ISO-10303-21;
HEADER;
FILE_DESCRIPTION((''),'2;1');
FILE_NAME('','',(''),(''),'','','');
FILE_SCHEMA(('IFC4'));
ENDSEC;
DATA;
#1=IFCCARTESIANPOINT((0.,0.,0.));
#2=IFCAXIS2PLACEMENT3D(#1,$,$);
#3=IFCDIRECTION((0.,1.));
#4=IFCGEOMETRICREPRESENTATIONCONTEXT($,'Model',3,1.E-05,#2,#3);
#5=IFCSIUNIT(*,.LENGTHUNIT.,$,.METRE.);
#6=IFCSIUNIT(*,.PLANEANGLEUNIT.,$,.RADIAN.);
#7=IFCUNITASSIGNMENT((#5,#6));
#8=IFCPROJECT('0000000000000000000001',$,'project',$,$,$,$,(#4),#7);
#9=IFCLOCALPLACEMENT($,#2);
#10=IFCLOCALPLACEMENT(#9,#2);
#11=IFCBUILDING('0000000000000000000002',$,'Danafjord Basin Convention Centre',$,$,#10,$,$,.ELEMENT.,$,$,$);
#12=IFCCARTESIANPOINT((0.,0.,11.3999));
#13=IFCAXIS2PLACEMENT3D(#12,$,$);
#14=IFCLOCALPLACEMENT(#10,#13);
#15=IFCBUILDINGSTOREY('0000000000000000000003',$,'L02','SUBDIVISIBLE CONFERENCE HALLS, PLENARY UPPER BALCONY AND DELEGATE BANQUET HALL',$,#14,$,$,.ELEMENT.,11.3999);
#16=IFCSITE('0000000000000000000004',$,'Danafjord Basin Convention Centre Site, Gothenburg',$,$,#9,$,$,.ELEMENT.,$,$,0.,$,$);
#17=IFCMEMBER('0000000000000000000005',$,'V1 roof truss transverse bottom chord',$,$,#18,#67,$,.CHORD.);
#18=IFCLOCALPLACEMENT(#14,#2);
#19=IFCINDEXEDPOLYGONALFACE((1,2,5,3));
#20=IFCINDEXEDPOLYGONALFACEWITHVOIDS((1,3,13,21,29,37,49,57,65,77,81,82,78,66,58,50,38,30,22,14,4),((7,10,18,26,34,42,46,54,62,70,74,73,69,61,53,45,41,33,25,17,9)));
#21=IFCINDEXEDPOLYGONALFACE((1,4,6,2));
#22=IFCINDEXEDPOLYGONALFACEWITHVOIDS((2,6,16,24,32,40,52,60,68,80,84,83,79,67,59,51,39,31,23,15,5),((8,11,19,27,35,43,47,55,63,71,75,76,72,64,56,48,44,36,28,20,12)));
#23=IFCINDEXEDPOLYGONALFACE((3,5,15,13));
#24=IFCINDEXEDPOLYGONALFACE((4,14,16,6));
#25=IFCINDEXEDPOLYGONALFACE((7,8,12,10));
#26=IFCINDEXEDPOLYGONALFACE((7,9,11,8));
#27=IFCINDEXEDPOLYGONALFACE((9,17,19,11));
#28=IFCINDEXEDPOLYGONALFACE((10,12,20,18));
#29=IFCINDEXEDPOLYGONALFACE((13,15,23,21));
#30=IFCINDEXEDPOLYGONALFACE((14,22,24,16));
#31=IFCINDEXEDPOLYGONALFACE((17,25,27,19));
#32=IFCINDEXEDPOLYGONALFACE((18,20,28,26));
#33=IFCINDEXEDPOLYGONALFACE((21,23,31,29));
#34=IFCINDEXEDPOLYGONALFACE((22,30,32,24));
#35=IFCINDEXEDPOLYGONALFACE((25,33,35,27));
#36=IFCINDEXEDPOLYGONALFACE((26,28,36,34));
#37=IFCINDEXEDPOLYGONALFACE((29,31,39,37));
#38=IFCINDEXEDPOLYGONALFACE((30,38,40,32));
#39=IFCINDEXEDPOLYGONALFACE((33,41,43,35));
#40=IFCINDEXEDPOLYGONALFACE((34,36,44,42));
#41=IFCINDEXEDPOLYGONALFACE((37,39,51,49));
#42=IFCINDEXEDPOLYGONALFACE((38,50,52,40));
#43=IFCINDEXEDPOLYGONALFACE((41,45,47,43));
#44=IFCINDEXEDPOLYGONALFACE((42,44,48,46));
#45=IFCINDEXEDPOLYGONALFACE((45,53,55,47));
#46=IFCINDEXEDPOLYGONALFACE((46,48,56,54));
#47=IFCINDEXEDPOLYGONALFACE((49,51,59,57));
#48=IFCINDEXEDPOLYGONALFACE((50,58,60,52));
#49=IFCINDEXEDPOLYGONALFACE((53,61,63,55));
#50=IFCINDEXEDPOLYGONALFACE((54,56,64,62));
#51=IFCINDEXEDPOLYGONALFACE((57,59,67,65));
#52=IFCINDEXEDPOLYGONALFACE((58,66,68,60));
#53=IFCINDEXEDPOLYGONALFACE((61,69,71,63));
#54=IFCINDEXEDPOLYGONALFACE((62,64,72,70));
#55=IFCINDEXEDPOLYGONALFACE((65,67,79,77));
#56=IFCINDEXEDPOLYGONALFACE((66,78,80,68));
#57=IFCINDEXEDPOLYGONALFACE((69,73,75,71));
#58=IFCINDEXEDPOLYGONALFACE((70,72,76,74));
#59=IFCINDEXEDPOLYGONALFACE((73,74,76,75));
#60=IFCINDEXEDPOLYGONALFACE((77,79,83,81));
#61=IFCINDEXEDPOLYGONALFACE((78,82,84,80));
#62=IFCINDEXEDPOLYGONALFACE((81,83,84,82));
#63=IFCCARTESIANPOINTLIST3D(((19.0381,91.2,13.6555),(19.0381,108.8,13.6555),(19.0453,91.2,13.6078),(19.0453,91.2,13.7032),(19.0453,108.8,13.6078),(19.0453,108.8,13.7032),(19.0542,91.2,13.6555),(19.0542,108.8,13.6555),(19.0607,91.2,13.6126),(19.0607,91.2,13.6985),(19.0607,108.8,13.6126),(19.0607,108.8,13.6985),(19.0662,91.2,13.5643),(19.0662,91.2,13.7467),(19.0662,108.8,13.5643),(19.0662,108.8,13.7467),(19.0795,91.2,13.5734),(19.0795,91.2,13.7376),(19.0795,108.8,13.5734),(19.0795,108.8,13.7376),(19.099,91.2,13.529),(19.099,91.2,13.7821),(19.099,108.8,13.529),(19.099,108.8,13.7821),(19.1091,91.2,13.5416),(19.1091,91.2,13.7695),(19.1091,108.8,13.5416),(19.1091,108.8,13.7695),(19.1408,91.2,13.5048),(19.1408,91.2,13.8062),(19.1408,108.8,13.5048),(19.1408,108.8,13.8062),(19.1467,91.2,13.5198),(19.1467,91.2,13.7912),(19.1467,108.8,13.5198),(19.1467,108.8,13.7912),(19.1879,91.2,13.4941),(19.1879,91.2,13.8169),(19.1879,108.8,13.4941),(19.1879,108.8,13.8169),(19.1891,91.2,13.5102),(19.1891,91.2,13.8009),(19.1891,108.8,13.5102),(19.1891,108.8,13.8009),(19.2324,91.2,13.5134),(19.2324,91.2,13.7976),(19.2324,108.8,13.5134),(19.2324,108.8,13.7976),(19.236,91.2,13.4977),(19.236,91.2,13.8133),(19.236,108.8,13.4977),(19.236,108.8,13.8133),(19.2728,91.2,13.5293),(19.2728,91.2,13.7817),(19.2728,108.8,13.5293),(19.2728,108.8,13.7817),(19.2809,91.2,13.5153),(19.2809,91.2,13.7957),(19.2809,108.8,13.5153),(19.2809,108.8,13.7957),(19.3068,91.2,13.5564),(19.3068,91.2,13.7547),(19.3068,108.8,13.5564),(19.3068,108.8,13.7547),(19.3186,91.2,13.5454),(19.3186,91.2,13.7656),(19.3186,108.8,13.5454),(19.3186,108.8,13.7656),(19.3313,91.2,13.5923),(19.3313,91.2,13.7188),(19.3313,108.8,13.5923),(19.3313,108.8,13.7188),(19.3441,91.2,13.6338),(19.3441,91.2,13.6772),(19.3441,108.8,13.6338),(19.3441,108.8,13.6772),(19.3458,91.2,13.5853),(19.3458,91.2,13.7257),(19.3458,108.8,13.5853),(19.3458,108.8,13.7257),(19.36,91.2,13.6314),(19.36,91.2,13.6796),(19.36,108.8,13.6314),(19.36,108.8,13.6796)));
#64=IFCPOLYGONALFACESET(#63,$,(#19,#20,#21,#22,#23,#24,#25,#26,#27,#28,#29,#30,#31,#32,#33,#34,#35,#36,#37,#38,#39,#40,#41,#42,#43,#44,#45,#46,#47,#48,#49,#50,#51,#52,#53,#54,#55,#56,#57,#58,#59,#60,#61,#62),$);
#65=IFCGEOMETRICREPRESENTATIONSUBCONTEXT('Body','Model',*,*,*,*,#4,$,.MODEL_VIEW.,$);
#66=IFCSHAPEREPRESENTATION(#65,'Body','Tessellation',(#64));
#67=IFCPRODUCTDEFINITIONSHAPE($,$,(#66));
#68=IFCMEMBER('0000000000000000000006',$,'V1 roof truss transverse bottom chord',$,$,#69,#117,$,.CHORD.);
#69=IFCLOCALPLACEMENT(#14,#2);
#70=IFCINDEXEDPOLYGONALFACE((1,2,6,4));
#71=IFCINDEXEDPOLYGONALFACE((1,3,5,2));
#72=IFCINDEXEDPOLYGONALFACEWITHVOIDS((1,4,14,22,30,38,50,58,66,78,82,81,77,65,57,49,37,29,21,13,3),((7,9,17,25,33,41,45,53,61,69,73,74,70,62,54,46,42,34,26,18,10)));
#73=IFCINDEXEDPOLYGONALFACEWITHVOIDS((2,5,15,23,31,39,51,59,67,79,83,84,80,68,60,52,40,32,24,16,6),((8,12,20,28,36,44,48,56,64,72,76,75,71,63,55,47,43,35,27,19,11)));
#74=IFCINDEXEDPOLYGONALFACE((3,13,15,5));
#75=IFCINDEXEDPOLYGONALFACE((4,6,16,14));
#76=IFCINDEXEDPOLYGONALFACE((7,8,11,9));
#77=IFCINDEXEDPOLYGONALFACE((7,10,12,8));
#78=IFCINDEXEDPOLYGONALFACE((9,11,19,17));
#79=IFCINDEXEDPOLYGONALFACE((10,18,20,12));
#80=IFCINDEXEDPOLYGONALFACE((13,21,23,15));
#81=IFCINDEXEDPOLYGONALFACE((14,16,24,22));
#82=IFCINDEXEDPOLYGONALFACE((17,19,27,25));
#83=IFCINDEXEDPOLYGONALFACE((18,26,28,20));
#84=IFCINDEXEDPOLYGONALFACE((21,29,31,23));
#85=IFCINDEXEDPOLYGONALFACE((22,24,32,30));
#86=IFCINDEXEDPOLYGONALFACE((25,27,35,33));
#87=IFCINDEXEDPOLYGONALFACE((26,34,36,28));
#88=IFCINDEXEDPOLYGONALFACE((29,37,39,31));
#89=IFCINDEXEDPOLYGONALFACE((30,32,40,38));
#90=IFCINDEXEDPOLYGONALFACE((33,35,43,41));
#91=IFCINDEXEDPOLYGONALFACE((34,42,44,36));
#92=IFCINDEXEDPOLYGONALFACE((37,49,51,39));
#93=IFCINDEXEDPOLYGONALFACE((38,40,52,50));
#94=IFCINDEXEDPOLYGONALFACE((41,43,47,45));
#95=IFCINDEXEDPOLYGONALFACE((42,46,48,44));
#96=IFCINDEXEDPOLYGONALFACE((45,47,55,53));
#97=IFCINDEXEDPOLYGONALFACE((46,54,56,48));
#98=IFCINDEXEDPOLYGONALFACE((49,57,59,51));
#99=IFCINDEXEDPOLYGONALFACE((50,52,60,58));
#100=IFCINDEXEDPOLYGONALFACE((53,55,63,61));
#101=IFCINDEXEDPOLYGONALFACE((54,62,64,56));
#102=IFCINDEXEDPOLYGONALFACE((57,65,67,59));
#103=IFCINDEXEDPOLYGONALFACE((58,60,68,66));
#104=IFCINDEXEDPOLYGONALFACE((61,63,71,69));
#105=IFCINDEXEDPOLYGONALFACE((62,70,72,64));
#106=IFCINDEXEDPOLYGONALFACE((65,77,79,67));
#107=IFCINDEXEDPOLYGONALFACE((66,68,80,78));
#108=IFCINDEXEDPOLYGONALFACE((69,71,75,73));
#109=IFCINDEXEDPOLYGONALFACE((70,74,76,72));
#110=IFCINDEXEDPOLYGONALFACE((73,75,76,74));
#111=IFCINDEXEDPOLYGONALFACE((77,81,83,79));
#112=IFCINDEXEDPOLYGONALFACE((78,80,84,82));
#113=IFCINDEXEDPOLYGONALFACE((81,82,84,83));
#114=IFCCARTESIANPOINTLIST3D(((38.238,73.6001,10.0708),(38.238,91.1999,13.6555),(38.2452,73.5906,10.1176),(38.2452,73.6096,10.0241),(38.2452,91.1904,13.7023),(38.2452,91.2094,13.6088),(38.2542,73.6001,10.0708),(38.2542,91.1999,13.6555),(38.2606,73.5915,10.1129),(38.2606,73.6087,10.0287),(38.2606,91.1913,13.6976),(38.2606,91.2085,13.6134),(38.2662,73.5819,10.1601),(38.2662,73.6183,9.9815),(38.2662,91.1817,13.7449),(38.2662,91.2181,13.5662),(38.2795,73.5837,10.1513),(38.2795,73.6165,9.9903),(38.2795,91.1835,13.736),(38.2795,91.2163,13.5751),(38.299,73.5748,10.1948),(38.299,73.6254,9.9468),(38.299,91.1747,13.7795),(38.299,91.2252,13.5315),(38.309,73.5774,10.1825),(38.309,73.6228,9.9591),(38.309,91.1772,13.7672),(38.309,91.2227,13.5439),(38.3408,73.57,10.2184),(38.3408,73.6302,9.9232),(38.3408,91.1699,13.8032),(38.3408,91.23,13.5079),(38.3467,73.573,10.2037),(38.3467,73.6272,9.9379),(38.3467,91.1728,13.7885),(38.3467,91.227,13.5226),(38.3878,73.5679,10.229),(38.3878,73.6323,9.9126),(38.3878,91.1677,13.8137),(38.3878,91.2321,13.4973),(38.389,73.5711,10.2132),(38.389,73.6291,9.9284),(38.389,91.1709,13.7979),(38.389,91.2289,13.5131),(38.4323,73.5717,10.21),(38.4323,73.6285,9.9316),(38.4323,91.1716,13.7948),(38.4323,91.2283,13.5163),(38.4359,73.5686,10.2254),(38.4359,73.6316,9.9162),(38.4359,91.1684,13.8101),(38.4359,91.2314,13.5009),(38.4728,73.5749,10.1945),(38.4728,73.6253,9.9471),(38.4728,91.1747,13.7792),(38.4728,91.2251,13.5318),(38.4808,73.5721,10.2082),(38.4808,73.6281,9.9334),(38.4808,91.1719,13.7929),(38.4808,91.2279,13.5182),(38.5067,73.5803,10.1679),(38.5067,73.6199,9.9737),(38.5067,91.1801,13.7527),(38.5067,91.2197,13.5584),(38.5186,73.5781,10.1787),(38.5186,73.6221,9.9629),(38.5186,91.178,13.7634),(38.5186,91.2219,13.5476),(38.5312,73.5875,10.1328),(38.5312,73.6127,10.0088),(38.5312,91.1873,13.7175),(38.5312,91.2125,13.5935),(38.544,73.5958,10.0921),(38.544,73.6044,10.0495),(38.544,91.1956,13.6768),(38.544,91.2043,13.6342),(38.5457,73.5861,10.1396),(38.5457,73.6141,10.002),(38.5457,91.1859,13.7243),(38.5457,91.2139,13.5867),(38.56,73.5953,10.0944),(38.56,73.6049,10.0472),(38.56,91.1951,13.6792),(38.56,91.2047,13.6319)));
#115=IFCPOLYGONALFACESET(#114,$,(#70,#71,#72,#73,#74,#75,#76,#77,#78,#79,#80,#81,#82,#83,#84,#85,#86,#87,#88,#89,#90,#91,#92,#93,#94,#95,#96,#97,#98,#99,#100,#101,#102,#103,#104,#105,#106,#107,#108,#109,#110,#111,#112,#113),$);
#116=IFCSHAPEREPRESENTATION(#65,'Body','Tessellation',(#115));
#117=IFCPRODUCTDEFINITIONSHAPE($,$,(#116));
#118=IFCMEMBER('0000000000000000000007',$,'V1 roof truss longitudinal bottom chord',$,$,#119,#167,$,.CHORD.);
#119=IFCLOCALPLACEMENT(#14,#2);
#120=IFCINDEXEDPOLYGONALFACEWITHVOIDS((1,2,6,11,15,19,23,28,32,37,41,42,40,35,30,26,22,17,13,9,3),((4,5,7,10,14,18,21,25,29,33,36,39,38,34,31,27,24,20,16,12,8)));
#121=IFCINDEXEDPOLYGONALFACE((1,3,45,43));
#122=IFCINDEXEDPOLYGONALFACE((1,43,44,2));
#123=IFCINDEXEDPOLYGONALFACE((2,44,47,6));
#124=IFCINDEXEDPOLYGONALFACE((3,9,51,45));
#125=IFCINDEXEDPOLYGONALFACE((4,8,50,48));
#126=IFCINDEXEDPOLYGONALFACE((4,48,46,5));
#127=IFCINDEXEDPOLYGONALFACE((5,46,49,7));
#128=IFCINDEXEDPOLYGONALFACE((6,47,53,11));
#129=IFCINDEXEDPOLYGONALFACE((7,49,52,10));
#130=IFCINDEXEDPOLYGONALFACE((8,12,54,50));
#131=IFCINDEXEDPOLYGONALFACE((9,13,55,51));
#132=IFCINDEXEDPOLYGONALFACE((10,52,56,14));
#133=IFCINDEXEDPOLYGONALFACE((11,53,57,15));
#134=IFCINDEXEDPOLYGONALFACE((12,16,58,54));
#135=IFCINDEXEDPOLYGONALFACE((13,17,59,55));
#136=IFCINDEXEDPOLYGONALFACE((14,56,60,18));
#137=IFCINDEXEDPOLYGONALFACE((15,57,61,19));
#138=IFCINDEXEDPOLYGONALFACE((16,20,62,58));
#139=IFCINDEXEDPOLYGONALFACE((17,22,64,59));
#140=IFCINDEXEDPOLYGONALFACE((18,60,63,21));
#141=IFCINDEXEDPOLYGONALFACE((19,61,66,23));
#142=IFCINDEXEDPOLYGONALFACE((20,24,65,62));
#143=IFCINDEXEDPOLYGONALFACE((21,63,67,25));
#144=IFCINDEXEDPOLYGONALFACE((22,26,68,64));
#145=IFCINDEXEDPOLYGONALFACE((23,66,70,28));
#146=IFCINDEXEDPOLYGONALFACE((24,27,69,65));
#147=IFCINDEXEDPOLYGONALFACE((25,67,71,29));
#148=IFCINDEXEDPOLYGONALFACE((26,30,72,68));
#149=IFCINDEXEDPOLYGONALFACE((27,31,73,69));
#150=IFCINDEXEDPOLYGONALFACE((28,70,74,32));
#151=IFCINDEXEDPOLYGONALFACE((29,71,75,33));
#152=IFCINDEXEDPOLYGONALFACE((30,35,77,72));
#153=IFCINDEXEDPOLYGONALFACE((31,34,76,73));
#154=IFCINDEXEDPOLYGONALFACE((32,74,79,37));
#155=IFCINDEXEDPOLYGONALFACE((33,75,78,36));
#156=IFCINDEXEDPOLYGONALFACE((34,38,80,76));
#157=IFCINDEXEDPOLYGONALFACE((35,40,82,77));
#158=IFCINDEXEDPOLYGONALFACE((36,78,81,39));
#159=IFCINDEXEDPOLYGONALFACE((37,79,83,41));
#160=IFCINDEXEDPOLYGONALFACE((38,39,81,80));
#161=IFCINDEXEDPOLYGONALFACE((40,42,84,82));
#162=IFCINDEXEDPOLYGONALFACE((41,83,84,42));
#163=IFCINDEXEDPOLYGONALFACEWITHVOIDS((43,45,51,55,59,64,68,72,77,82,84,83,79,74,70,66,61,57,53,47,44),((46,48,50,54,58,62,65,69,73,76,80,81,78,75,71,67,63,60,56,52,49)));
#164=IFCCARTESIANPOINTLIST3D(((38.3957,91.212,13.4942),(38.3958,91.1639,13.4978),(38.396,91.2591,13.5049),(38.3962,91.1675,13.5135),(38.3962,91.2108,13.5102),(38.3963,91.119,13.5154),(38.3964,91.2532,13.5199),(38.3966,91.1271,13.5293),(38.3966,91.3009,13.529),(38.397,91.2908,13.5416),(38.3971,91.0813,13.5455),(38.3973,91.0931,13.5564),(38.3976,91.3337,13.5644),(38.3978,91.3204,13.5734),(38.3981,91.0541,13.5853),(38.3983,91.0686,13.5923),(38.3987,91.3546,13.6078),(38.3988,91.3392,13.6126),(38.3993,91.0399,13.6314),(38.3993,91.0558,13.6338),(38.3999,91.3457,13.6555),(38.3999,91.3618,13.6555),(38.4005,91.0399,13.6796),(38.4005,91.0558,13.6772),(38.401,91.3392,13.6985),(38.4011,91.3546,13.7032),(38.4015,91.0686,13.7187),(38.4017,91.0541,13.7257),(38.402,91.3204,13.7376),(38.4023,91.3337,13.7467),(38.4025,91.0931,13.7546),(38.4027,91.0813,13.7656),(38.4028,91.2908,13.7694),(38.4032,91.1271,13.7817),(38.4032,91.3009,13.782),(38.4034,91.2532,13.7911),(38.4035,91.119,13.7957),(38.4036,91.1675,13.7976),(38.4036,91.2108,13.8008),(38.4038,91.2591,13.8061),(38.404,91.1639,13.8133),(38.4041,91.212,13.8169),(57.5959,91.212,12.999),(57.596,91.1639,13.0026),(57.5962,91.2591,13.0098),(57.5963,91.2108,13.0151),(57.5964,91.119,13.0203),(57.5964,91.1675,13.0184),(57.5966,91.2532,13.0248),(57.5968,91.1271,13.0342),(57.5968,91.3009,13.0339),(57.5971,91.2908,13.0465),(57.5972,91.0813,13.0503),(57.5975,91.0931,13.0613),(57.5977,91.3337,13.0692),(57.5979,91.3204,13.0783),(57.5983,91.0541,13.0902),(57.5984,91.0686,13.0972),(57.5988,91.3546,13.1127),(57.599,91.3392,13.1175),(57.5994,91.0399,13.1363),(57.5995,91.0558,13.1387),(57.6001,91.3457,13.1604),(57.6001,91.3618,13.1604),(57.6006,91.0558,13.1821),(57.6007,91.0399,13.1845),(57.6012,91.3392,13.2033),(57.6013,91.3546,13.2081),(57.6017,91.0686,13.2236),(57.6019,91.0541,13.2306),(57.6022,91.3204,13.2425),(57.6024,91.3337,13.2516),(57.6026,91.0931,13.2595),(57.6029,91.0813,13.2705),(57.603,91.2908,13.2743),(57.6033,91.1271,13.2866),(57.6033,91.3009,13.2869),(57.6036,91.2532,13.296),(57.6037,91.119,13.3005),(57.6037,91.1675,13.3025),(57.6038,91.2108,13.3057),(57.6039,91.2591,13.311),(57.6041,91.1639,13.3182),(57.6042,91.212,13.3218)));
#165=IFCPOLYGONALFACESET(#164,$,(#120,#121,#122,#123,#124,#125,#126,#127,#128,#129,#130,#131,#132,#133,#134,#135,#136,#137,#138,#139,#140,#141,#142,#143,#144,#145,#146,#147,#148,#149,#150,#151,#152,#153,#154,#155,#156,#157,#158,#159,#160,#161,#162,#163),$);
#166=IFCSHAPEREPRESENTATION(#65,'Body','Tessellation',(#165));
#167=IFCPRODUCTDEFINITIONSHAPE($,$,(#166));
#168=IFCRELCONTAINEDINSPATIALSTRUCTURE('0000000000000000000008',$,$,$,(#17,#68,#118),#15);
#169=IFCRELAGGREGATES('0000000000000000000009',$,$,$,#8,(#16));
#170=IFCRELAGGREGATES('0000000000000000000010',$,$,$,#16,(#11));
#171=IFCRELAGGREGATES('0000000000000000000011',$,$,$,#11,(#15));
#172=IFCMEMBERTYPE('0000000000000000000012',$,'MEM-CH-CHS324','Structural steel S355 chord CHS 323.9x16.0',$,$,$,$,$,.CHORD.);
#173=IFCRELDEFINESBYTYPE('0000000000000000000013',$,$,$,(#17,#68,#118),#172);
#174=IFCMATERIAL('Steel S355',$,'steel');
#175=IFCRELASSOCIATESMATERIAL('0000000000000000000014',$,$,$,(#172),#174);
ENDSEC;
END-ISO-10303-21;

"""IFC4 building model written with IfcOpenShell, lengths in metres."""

from ifc_helpers import new_model, si_unit, direction, frame, origin, origin_2d, place, context, subcontext, project, spatial, hollow_circle, extrude, material, material_profile, profile_set, type_object, element, save


model = new_model("IFC4")

# Units and contexts
model_context = context("Model", 3, precision=1e-05, world=origin(), true_north=direction((0.0, 1.0)))
body_context = subcontext(model_context, "Body", "Model", "MODEL_VIEW")
ifc_project = project(units=[si_unit("LENGTHUNIT", "METRE"), si_unit("PLANEANGLEUNIT", "RADIAN")], contexts=[model_context])

# Site, building, storey
site_placement = place(None, origin())
site = spatial("IfcSite", under=ifc_project, at=site_placement, Name="Danafjord Basin Convention Centre Site, Gothenburg", CompositionType="ELEMENT", RefElevation=0.0)
building_placement = place(site_placement, origin())
building = spatial("IfcBuilding", under=site, at=building_placement, Name="Danafjord Basin Convention Centre", CompositionType="ELEMENT")
storey_placement = place(building_placement, frame((0.0, 0.0, 11.3999)))
storey = spatial("IfcBuildingStorey", under=building, at=storey_placement, Name="L02", Description="SUBDIVISIBLE CONFERENCE HALLS, PLENARY UPPER BALCONY AND DELEGATE BANQUET HALL", CompositionType="ELEMENT", Elevation=11.3999)

# Members
ifc_material = material(Name="Steel S355", Category="steel")
ifc_material_profile_1 = material_profile(ifc_material, hollow_circle(Radius=0.1619, WallThickness=0.0161, at=origin_2d()), Name="CHS 323.9x16.0")
ifc_profile_set_1 = profile_set([ifc_material_profile_1], Name="Steel S355")
member_type_1 = type_object("IfcMemberType", Name="MEM-CH-CHS324", Description="Structural steel S355 chord CHS 323.9x16.0", PredefinedType="CHORD", material=ifc_profile_set_1)
member_1_placement = place(storey_placement, frame((19.2, 91.2, 13.6555), z_axis=(0.0, 1.0, 0.0), x_axis=(-1.0, 0.0, 0.0)))
element("IfcMember", 1, at=member_1_placement, inside=storey, type_object=member_type_1, Name="V1 roof truss transverse bottom chord", PredefinedType="CHORD", context=body_context, shape_type="SweptSolid", body=[
    extrude(hollow_circle(Radius=0.1619, WallThickness=0.0161, at=origin_2d()), origin(), (0.0, 0.0, 1.0), 17.6001),
])
member_2_placement = place(storey_placement, frame((38.3999, 73.6001, 10.0708), z_axis=(0.0, 0.979881, 0.199581), x_axis=(-1.0, 0.0, 0.0)))
element("IfcMember", 2, at=member_2_placement, inside=storey, type_object=member_type_1, Name="V1 roof truss transverse bottom chord", PredefinedType="CHORD", context=body_context, shape_type="SweptSolid", body=[
    extrude(hollow_circle(Radius=0.1619, WallThickness=0.0161, at=origin_2d()), origin(), (0.0, 0.0, 1.0), 17.9612),
])
member_3_placement = place(storey_placement, frame((38.3999, 91.2, 13.6555), z_axis=(0.999668, 0.0, -0.025779), x_axis=(0.0, 1.0, 0.0)))
element("IfcMember", 3, at=member_3_placement, inside=storey, type_object=member_type_1, Name="V1 roof truss longitudinal bottom chord", PredefinedType="CHORD", context=body_context, shape_type="SweptSolid", body=[
    extrude(hollow_circle(Radius=0.1619, WallThickness=0.0161, at=origin_2d()), origin(), (0.0, 0.0, 1.0), 19.2065),
])

save(model, "model.ifc")
